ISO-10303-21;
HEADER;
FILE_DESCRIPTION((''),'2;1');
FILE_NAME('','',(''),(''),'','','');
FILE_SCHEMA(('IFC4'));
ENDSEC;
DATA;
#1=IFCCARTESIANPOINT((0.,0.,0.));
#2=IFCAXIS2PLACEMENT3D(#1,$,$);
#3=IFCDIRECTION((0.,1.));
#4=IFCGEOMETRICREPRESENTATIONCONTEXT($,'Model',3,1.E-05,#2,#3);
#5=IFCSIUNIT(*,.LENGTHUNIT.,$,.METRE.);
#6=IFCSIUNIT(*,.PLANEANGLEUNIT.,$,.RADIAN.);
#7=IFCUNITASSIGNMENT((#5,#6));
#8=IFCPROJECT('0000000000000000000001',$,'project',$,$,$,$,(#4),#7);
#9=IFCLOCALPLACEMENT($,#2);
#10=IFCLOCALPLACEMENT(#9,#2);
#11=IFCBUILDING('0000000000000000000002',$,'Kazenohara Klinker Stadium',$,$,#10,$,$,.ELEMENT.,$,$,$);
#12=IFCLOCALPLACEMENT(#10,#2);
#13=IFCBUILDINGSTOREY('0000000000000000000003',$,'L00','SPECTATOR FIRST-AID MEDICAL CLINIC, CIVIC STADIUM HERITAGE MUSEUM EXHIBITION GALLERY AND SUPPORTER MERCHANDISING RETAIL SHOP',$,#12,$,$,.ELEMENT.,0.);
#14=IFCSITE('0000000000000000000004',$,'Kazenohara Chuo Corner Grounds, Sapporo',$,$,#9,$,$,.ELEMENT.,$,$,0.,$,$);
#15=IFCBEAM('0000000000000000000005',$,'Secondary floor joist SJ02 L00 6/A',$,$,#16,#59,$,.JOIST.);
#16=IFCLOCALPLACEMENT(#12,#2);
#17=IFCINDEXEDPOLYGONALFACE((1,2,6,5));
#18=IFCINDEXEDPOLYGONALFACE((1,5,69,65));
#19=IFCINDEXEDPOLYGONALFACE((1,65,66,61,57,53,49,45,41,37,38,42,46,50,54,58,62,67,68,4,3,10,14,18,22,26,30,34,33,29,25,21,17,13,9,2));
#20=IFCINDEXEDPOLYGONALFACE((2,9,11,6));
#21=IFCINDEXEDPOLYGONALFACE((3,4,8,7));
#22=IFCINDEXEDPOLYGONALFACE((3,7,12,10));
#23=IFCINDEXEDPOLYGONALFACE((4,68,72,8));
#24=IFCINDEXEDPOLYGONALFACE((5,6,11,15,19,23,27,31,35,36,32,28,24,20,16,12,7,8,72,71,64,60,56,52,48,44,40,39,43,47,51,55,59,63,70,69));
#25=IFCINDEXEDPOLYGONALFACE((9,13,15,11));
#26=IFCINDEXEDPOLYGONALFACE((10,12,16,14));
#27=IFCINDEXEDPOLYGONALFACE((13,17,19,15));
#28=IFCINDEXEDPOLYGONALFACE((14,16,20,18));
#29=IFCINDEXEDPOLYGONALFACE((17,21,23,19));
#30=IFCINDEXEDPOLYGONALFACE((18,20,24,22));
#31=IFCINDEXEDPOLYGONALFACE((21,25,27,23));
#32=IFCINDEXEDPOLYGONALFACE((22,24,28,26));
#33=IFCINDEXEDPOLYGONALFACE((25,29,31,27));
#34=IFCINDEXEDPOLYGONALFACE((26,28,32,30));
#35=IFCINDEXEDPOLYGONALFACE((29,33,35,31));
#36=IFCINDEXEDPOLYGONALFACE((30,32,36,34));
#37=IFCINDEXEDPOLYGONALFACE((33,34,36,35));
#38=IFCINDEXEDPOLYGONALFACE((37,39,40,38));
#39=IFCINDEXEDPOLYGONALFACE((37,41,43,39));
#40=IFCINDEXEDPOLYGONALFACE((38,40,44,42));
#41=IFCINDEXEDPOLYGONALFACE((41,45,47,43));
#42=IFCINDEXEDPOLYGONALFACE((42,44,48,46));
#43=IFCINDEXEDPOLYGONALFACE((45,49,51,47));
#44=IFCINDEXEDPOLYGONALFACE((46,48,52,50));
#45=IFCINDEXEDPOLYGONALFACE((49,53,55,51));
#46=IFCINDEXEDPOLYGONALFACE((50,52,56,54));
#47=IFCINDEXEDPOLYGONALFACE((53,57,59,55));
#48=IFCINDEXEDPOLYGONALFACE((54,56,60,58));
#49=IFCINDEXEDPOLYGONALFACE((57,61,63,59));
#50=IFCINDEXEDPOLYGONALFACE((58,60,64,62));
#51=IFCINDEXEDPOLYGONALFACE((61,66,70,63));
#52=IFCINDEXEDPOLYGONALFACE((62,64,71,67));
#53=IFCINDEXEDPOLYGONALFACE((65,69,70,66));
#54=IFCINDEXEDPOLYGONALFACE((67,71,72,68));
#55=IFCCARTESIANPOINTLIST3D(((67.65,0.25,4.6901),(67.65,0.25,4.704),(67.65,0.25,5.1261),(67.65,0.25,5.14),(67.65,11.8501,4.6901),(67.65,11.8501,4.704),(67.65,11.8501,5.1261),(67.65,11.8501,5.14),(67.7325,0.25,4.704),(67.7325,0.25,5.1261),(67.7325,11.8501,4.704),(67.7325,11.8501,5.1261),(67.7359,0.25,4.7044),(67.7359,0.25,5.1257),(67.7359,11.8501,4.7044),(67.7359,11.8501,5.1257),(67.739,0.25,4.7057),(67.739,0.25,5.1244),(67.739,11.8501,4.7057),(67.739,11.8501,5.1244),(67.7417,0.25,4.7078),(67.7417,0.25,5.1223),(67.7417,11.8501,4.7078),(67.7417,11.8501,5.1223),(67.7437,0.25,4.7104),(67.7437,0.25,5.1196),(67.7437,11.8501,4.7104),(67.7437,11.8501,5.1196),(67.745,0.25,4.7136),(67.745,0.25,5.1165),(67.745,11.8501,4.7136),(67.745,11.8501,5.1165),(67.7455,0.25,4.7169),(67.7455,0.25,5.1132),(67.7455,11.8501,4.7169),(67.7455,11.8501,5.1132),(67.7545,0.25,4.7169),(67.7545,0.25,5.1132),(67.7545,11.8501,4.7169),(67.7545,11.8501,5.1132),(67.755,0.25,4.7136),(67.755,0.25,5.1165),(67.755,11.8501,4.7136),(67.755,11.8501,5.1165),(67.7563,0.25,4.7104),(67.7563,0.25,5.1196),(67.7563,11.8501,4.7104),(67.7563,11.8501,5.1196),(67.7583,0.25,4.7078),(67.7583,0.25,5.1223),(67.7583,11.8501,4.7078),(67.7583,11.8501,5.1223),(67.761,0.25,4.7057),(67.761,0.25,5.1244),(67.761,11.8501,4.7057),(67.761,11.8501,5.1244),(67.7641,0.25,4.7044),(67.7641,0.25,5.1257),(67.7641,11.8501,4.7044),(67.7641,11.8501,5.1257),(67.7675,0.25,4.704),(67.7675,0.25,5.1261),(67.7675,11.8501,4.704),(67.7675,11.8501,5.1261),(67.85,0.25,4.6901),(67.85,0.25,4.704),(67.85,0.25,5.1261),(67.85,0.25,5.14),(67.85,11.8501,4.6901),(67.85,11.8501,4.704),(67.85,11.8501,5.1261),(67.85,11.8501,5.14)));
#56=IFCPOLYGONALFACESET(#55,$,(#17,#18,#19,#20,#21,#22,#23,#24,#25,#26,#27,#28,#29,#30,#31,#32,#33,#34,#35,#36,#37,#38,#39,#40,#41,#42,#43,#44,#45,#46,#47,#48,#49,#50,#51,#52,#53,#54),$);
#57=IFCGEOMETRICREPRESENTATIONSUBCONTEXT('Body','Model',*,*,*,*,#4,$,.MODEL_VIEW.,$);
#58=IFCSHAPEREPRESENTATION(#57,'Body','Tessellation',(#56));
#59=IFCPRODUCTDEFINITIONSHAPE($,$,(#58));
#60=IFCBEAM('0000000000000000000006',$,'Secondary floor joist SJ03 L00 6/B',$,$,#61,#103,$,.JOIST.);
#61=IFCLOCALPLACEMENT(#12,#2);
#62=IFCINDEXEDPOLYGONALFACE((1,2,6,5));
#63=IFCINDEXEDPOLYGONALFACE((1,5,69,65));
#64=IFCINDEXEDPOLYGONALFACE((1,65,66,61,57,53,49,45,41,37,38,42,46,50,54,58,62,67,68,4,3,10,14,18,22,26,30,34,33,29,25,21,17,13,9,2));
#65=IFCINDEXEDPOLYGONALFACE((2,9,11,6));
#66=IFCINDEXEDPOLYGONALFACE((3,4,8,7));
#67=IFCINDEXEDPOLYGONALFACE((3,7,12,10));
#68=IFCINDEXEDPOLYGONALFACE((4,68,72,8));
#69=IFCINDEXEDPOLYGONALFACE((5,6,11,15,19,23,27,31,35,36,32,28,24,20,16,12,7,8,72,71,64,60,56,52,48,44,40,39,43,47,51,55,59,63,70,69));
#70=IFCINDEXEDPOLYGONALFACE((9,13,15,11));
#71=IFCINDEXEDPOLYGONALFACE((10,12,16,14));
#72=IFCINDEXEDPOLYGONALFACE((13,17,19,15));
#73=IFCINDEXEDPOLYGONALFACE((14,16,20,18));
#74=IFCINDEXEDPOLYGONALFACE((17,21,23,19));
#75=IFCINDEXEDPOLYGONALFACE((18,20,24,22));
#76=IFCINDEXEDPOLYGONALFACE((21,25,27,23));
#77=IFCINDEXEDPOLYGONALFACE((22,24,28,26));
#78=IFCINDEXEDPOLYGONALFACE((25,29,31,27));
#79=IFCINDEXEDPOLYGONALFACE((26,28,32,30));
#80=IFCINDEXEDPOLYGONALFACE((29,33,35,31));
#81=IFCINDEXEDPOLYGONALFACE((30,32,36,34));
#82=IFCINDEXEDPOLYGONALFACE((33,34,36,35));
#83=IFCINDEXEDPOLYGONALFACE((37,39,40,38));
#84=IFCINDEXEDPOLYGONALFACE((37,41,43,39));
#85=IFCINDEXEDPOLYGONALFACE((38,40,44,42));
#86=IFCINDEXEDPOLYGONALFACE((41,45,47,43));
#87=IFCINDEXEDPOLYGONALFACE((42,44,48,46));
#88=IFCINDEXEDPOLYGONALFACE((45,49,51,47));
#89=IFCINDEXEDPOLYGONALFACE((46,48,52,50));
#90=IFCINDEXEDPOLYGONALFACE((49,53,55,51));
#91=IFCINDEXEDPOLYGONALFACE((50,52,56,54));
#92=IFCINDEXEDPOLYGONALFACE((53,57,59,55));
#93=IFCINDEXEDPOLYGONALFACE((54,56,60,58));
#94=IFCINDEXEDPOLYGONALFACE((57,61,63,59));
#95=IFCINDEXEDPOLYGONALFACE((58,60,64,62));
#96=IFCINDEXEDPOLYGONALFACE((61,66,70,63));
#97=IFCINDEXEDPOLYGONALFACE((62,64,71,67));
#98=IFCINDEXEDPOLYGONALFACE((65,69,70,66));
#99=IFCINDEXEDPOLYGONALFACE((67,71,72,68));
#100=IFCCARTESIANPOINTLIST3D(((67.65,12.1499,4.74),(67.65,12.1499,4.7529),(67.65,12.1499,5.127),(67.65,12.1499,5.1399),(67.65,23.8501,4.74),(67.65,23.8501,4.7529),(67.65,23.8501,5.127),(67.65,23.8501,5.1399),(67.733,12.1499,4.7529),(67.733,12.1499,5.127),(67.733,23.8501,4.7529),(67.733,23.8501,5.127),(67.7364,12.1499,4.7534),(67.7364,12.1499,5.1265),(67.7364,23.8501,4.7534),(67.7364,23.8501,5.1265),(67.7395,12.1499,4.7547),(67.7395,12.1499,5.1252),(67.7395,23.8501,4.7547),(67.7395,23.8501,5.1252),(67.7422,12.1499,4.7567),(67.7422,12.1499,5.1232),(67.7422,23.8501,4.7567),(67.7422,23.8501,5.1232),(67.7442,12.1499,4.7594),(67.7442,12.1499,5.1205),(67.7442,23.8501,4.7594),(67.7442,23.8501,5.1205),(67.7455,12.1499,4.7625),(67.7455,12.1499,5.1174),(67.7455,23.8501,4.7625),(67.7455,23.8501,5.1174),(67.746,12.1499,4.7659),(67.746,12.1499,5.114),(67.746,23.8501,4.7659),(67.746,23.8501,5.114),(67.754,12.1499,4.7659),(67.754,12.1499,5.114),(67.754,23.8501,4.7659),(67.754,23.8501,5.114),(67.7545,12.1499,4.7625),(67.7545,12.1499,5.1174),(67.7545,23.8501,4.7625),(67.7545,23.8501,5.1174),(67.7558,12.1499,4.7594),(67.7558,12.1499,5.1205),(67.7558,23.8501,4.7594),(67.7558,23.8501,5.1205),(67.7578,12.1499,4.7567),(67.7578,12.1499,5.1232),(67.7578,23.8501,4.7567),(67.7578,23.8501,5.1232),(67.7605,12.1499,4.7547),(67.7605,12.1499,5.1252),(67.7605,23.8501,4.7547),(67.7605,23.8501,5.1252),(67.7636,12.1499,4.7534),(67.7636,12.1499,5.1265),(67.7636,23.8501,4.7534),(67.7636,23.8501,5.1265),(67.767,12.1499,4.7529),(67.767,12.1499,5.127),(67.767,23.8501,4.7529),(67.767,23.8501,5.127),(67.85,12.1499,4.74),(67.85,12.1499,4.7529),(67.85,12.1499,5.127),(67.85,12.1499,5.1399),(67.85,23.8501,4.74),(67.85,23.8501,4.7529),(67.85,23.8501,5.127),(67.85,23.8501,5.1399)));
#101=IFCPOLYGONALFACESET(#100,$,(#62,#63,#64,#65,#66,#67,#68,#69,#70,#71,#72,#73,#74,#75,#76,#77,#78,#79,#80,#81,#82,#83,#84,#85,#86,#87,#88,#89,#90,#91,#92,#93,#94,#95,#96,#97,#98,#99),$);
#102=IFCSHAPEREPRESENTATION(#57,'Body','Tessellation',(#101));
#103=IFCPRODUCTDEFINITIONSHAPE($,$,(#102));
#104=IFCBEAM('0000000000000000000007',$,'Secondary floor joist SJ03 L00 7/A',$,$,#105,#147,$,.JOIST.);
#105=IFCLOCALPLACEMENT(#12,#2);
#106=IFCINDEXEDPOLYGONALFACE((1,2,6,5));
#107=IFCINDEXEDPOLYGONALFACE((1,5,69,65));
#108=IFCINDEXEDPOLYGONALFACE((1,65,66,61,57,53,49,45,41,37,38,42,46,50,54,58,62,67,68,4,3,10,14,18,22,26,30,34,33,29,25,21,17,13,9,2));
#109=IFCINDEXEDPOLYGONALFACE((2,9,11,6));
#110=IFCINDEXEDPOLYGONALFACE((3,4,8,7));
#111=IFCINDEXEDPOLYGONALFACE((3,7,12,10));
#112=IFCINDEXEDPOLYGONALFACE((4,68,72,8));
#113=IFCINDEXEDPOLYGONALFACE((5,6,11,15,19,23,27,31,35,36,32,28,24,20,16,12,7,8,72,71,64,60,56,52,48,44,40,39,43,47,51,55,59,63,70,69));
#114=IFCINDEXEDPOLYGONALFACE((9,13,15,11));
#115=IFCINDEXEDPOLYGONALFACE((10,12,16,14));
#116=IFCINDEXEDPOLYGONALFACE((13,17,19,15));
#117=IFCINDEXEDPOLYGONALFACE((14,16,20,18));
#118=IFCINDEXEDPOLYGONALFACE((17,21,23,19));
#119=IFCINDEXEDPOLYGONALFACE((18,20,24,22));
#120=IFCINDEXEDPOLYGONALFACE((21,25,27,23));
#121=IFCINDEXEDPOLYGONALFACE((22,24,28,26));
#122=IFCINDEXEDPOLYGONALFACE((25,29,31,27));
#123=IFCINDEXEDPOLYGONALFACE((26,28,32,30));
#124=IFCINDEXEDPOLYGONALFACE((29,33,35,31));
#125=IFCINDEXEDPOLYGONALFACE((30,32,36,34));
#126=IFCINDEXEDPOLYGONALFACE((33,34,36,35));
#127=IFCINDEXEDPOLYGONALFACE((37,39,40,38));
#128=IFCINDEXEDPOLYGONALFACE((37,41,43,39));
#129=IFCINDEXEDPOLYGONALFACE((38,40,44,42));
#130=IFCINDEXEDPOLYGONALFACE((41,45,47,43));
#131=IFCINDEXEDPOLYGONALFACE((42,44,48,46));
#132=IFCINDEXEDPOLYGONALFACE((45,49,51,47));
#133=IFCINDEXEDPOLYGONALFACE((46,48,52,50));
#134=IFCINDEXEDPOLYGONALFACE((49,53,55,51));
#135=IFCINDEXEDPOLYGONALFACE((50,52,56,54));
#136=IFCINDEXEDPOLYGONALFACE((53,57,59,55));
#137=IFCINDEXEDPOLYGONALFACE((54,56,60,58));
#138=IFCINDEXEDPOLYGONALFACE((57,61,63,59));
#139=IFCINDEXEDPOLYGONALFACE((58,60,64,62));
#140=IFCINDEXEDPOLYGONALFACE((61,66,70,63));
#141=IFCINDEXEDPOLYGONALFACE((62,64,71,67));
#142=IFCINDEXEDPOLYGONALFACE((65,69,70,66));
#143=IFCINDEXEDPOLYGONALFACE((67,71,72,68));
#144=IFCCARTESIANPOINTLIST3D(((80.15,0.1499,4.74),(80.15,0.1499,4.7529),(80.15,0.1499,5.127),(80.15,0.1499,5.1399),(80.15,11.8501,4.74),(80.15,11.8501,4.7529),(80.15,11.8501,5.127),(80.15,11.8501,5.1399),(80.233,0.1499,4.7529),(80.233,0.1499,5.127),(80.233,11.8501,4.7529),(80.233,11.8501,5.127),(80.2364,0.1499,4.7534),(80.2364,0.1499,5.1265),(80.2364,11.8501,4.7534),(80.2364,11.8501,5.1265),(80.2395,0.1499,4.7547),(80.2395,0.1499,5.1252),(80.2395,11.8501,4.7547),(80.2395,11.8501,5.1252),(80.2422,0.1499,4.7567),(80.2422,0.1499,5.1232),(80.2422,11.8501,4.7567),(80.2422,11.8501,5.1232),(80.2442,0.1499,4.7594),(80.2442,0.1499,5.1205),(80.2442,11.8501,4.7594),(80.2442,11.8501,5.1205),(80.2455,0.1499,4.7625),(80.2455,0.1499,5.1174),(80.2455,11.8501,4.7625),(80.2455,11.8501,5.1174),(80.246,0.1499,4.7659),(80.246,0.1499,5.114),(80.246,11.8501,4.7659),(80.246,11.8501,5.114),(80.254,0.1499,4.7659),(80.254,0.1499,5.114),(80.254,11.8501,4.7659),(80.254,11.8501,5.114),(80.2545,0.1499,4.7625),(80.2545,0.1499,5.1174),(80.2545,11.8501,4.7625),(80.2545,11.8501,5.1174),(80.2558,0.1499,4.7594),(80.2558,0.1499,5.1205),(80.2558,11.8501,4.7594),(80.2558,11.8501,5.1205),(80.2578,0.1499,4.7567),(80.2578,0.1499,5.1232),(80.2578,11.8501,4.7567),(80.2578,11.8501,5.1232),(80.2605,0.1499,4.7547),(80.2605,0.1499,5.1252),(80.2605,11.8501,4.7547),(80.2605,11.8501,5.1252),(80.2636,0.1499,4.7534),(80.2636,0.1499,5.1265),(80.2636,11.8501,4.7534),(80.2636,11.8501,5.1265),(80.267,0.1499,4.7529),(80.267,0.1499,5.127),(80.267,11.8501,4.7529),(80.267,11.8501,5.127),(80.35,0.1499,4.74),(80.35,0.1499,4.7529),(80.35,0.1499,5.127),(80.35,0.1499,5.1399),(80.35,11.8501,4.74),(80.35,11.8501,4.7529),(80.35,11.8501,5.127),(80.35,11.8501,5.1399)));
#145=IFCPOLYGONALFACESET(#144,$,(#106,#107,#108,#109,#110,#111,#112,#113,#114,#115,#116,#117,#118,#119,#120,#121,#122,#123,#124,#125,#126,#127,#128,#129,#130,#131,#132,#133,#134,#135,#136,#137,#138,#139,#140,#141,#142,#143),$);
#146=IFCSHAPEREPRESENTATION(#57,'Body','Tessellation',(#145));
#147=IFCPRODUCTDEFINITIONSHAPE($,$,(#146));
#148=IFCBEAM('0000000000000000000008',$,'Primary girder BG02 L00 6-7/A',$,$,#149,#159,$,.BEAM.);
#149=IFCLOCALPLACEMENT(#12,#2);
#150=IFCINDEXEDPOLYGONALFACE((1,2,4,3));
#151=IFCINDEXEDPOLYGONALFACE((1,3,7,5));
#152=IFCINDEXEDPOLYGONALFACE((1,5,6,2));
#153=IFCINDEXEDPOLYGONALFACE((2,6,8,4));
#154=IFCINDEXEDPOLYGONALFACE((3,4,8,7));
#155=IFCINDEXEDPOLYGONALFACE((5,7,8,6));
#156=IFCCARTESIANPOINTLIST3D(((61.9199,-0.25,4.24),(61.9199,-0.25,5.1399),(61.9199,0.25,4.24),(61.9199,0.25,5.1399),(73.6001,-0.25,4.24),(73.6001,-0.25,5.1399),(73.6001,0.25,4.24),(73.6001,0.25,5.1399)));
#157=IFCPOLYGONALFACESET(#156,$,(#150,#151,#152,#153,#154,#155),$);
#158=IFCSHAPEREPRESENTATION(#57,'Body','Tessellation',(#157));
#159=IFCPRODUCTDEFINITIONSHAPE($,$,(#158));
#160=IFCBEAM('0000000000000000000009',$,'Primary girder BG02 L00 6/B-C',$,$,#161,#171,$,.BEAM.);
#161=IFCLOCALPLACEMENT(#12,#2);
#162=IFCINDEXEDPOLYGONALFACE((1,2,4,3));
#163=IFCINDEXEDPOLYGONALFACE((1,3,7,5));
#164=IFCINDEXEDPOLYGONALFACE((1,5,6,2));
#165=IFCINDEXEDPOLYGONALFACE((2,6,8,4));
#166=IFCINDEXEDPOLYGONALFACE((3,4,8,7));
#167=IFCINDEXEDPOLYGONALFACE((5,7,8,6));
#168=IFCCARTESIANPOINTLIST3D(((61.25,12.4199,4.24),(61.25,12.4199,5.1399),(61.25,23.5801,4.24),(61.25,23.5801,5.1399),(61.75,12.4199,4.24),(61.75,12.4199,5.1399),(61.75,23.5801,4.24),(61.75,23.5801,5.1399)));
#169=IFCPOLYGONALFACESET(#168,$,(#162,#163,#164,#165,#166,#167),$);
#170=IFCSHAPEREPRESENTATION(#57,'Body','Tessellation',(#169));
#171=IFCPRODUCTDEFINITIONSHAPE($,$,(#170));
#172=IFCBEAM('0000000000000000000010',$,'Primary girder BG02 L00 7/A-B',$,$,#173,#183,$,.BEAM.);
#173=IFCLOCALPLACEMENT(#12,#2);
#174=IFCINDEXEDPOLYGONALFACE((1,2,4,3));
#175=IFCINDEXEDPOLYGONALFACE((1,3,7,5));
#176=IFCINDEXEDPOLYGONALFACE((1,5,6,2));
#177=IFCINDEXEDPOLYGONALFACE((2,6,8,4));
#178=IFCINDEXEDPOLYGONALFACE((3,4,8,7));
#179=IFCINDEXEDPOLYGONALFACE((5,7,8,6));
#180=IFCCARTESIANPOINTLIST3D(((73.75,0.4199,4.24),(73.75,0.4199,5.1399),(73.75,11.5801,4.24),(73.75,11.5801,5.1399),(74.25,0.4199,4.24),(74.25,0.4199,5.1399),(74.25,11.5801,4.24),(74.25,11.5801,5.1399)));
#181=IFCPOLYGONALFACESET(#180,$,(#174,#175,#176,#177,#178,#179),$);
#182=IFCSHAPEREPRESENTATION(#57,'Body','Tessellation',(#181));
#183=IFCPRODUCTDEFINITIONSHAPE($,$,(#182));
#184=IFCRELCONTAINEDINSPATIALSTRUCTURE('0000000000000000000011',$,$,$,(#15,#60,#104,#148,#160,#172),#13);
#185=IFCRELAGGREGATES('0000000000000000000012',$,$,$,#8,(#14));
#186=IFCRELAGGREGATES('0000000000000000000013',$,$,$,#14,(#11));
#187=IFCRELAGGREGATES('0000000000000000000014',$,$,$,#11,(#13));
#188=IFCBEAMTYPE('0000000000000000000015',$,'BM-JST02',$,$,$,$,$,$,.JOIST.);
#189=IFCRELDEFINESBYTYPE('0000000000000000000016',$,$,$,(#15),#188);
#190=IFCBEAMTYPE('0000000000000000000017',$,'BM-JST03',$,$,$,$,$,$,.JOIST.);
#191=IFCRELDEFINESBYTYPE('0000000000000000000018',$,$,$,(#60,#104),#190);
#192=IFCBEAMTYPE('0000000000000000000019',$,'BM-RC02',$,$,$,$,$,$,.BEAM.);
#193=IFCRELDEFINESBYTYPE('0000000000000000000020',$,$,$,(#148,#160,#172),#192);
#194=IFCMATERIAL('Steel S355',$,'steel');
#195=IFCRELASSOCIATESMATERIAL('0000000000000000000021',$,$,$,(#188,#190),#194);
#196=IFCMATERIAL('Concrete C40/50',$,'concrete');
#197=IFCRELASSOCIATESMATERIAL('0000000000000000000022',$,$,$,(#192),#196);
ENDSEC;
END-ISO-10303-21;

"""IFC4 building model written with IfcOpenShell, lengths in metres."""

from ifc_helpers import new_model, si_unit, direction, frame, origin, origin_2d, place, context, subcontext, project, spatial, rectangle, i_section, extrude, material, material_profile, profile_set, type_object, element, save


model = new_model("IFC4")

# Units and contexts
model_context = context("Model", 3, precision=1e-05, world=origin(), true_north=direction((0.0, 1.0)))
body_context = subcontext(model_context, "Body", "Model", "MODEL_VIEW")
ifc_project = project(units=[si_unit("LENGTHUNIT", "METRE"), si_unit("PLANEANGLEUNIT", "RADIAN")], contexts=[model_context])

# Site, building, storey
site_placement = place(None, origin())
site = spatial("IfcSite", under=ifc_project, at=site_placement, Name="Kazenohara Chuo Corner Grounds, Sapporo", CompositionType="ELEMENT", RefElevation=0.0)
building_placement = place(site_placement, origin())
building = spatial("IfcBuilding", under=site, at=building_placement, Name="Kazenohara Klinker Stadium", CompositionType="ELEMENT")
storey_placement = place(building_placement, origin())
storey = spatial("IfcBuildingStorey", under=building, at=storey_placement, Name="L00", Description="SPECTATOR FIRST-AID MEDICAL CLINIC, CIVIC STADIUM HERITAGE MUSEUM EXHIBITION GALLERY AND SUPPORTER MERCHANDISING RETAIL SHOP", CompositionType="ELEMENT", Elevation=0.0)

# Shared definitions
ifc_material_1 = material(Name="Concrete C40/50", Category="concrete")

# Beams
ifc_material_2 = material(Name="Steel S355", Category="steel")
ifc_material_profile_1 = material_profile(ifc_material_2, i_section(OverallWidth=0.2, OverallDepth=0.45, WebThickness=0.009, FlangeThickness=0.0139, FilletRadius=0.0129, at=origin_2d()), Name="H-450x200x9x14")
ifc_profile_set_1 = profile_set([ifc_material_profile_1], Name="Steel S355")
beam_type_1 = type_object("IfcBeamType", Name="BM-JST02", PredefinedType="JOIST", material=ifc_profile_set_1)
beam_1_placement = place(storey_placement, frame((67.75, 0.25, 4.915), z_axis=(0.0, 1.0, 0.0), x_axis=(-1.0, 0.0, 0.0)))
element("IfcBeam", 1, at=beam_1_placement, inside=storey, type_object=beam_type_1, Name="Secondary floor joist SJ02 L00 6/A", PredefinedType="JOIST", context=body_context, shape_type="SweptSolid", body=[
    extrude(i_section(OverallWidth=0.2, OverallDepth=0.45, WebThickness=0.009, FlangeThickness=0.0139, FilletRadius=0.0129, at=origin_2d()), origin(), (0.0, 0.0, 1.0), 11.6001),
])
ifc_material_profile_2 = material_profile(ifc_material_2, i_section(OverallWidth=0.2, OverallDepth=0.3999, WebThickness=0.0081, FlangeThickness=0.0129, FilletRadius=0.0129, at=origin_2d()), Name="H-400x200x8x13")
ifc_profile_set_2 = profile_set([ifc_material_profile_2], Name="Steel S355")
beam_type_2 = type_object("IfcBeamType", Name="BM-JST03", PredefinedType="JOIST", material=ifc_profile_set_2)
for number, where, z_axis, x_axis, name in (
    (2, (67.75, 12.1499, 4.9399), (0.0, 1.0, 0.0), (-1.0, 0.0, 0.0), "Secondary floor joist SJ03 L00 6/B"),
    (3, (80.25, 0.1499, 4.9399), (0.0, 1.0, 0.0), (-1.0, 0.0, 0.0), "Secondary floor joist SJ03 L00 7/A"),
):
    element("IfcBeam", number, at=place(storey_placement, frame(where, z_axis=z_axis, x_axis=x_axis)), inside=storey, type_object=beam_type_2, Name=name, PredefinedType="JOIST", context=body_context, shape_type="SweptSolid", body=[
        extrude(i_section(OverallWidth=0.2, OverallDepth=0.3999, WebThickness=0.0081, FlangeThickness=0.0129, FilletRadius=0.0129, at=origin_2d()), origin(), (0.0, 0.0, 1.0), 11.7002),
    ])
ifc_material_profile_3 = material_profile(ifc_material_1, rectangle(XDim=0.5, YDim=0.8999, at=origin_2d()), Name="RC-BM-500x900")
ifc_profile_set_3 = profile_set([ifc_material_profile_3], Name="Concrete C40/50")
beam_type_3 = type_object("IfcBeamType", Name="BM-RC02", PredefinedType="BEAM", material=ifc_profile_set_3)
beam_2_placement = place(storey_placement, frame((61.9199, 0.0, 4.6899), z_axis=(1.0, 0.0, 0.0), x_axis=(0.0, 1.0, 0.0)))
element("IfcBeam", 4, at=beam_2_placement, inside=storey, type_object=beam_type_3, Name="Primary girder BG02 L00 6-7/A", PredefinedType="BEAM", context=body_context, shape_type="SweptSolid", body=[
    extrude(rectangle(XDim=0.5, YDim=0.8999, at=origin_2d()), origin(), (0.0, 0.0, 1.0), 11.6802),
])
for number, where, z_axis, x_axis, name in (
    (5, (61.5, 12.4199, 4.6899), (0.0, 1.0, 0.0), (-1.0, 0.0, 0.0), "Primary girder BG02 L00 6/B-C"),
    (6, (74.0, 0.4199, 4.6899), (0.0, 1.0, 0.0), (-1.0, 0.0, 0.0), "Primary girder BG02 L00 7/A-B"),
):
    element("IfcBeam", number, at=place(storey_placement, frame(where, z_axis=z_axis, x_axis=x_axis)), inside=storey, type_object=beam_type_3, Name=name, PredefinedType="BEAM", context=body_context, shape_type="SweptSolid", body=[
        extrude(rectangle(XDim=0.5, YDim=0.8999, at=origin_2d()), origin(), (0.0, 0.0, 1.0), 11.1602),
    ])

save(model, "model.ifc")
